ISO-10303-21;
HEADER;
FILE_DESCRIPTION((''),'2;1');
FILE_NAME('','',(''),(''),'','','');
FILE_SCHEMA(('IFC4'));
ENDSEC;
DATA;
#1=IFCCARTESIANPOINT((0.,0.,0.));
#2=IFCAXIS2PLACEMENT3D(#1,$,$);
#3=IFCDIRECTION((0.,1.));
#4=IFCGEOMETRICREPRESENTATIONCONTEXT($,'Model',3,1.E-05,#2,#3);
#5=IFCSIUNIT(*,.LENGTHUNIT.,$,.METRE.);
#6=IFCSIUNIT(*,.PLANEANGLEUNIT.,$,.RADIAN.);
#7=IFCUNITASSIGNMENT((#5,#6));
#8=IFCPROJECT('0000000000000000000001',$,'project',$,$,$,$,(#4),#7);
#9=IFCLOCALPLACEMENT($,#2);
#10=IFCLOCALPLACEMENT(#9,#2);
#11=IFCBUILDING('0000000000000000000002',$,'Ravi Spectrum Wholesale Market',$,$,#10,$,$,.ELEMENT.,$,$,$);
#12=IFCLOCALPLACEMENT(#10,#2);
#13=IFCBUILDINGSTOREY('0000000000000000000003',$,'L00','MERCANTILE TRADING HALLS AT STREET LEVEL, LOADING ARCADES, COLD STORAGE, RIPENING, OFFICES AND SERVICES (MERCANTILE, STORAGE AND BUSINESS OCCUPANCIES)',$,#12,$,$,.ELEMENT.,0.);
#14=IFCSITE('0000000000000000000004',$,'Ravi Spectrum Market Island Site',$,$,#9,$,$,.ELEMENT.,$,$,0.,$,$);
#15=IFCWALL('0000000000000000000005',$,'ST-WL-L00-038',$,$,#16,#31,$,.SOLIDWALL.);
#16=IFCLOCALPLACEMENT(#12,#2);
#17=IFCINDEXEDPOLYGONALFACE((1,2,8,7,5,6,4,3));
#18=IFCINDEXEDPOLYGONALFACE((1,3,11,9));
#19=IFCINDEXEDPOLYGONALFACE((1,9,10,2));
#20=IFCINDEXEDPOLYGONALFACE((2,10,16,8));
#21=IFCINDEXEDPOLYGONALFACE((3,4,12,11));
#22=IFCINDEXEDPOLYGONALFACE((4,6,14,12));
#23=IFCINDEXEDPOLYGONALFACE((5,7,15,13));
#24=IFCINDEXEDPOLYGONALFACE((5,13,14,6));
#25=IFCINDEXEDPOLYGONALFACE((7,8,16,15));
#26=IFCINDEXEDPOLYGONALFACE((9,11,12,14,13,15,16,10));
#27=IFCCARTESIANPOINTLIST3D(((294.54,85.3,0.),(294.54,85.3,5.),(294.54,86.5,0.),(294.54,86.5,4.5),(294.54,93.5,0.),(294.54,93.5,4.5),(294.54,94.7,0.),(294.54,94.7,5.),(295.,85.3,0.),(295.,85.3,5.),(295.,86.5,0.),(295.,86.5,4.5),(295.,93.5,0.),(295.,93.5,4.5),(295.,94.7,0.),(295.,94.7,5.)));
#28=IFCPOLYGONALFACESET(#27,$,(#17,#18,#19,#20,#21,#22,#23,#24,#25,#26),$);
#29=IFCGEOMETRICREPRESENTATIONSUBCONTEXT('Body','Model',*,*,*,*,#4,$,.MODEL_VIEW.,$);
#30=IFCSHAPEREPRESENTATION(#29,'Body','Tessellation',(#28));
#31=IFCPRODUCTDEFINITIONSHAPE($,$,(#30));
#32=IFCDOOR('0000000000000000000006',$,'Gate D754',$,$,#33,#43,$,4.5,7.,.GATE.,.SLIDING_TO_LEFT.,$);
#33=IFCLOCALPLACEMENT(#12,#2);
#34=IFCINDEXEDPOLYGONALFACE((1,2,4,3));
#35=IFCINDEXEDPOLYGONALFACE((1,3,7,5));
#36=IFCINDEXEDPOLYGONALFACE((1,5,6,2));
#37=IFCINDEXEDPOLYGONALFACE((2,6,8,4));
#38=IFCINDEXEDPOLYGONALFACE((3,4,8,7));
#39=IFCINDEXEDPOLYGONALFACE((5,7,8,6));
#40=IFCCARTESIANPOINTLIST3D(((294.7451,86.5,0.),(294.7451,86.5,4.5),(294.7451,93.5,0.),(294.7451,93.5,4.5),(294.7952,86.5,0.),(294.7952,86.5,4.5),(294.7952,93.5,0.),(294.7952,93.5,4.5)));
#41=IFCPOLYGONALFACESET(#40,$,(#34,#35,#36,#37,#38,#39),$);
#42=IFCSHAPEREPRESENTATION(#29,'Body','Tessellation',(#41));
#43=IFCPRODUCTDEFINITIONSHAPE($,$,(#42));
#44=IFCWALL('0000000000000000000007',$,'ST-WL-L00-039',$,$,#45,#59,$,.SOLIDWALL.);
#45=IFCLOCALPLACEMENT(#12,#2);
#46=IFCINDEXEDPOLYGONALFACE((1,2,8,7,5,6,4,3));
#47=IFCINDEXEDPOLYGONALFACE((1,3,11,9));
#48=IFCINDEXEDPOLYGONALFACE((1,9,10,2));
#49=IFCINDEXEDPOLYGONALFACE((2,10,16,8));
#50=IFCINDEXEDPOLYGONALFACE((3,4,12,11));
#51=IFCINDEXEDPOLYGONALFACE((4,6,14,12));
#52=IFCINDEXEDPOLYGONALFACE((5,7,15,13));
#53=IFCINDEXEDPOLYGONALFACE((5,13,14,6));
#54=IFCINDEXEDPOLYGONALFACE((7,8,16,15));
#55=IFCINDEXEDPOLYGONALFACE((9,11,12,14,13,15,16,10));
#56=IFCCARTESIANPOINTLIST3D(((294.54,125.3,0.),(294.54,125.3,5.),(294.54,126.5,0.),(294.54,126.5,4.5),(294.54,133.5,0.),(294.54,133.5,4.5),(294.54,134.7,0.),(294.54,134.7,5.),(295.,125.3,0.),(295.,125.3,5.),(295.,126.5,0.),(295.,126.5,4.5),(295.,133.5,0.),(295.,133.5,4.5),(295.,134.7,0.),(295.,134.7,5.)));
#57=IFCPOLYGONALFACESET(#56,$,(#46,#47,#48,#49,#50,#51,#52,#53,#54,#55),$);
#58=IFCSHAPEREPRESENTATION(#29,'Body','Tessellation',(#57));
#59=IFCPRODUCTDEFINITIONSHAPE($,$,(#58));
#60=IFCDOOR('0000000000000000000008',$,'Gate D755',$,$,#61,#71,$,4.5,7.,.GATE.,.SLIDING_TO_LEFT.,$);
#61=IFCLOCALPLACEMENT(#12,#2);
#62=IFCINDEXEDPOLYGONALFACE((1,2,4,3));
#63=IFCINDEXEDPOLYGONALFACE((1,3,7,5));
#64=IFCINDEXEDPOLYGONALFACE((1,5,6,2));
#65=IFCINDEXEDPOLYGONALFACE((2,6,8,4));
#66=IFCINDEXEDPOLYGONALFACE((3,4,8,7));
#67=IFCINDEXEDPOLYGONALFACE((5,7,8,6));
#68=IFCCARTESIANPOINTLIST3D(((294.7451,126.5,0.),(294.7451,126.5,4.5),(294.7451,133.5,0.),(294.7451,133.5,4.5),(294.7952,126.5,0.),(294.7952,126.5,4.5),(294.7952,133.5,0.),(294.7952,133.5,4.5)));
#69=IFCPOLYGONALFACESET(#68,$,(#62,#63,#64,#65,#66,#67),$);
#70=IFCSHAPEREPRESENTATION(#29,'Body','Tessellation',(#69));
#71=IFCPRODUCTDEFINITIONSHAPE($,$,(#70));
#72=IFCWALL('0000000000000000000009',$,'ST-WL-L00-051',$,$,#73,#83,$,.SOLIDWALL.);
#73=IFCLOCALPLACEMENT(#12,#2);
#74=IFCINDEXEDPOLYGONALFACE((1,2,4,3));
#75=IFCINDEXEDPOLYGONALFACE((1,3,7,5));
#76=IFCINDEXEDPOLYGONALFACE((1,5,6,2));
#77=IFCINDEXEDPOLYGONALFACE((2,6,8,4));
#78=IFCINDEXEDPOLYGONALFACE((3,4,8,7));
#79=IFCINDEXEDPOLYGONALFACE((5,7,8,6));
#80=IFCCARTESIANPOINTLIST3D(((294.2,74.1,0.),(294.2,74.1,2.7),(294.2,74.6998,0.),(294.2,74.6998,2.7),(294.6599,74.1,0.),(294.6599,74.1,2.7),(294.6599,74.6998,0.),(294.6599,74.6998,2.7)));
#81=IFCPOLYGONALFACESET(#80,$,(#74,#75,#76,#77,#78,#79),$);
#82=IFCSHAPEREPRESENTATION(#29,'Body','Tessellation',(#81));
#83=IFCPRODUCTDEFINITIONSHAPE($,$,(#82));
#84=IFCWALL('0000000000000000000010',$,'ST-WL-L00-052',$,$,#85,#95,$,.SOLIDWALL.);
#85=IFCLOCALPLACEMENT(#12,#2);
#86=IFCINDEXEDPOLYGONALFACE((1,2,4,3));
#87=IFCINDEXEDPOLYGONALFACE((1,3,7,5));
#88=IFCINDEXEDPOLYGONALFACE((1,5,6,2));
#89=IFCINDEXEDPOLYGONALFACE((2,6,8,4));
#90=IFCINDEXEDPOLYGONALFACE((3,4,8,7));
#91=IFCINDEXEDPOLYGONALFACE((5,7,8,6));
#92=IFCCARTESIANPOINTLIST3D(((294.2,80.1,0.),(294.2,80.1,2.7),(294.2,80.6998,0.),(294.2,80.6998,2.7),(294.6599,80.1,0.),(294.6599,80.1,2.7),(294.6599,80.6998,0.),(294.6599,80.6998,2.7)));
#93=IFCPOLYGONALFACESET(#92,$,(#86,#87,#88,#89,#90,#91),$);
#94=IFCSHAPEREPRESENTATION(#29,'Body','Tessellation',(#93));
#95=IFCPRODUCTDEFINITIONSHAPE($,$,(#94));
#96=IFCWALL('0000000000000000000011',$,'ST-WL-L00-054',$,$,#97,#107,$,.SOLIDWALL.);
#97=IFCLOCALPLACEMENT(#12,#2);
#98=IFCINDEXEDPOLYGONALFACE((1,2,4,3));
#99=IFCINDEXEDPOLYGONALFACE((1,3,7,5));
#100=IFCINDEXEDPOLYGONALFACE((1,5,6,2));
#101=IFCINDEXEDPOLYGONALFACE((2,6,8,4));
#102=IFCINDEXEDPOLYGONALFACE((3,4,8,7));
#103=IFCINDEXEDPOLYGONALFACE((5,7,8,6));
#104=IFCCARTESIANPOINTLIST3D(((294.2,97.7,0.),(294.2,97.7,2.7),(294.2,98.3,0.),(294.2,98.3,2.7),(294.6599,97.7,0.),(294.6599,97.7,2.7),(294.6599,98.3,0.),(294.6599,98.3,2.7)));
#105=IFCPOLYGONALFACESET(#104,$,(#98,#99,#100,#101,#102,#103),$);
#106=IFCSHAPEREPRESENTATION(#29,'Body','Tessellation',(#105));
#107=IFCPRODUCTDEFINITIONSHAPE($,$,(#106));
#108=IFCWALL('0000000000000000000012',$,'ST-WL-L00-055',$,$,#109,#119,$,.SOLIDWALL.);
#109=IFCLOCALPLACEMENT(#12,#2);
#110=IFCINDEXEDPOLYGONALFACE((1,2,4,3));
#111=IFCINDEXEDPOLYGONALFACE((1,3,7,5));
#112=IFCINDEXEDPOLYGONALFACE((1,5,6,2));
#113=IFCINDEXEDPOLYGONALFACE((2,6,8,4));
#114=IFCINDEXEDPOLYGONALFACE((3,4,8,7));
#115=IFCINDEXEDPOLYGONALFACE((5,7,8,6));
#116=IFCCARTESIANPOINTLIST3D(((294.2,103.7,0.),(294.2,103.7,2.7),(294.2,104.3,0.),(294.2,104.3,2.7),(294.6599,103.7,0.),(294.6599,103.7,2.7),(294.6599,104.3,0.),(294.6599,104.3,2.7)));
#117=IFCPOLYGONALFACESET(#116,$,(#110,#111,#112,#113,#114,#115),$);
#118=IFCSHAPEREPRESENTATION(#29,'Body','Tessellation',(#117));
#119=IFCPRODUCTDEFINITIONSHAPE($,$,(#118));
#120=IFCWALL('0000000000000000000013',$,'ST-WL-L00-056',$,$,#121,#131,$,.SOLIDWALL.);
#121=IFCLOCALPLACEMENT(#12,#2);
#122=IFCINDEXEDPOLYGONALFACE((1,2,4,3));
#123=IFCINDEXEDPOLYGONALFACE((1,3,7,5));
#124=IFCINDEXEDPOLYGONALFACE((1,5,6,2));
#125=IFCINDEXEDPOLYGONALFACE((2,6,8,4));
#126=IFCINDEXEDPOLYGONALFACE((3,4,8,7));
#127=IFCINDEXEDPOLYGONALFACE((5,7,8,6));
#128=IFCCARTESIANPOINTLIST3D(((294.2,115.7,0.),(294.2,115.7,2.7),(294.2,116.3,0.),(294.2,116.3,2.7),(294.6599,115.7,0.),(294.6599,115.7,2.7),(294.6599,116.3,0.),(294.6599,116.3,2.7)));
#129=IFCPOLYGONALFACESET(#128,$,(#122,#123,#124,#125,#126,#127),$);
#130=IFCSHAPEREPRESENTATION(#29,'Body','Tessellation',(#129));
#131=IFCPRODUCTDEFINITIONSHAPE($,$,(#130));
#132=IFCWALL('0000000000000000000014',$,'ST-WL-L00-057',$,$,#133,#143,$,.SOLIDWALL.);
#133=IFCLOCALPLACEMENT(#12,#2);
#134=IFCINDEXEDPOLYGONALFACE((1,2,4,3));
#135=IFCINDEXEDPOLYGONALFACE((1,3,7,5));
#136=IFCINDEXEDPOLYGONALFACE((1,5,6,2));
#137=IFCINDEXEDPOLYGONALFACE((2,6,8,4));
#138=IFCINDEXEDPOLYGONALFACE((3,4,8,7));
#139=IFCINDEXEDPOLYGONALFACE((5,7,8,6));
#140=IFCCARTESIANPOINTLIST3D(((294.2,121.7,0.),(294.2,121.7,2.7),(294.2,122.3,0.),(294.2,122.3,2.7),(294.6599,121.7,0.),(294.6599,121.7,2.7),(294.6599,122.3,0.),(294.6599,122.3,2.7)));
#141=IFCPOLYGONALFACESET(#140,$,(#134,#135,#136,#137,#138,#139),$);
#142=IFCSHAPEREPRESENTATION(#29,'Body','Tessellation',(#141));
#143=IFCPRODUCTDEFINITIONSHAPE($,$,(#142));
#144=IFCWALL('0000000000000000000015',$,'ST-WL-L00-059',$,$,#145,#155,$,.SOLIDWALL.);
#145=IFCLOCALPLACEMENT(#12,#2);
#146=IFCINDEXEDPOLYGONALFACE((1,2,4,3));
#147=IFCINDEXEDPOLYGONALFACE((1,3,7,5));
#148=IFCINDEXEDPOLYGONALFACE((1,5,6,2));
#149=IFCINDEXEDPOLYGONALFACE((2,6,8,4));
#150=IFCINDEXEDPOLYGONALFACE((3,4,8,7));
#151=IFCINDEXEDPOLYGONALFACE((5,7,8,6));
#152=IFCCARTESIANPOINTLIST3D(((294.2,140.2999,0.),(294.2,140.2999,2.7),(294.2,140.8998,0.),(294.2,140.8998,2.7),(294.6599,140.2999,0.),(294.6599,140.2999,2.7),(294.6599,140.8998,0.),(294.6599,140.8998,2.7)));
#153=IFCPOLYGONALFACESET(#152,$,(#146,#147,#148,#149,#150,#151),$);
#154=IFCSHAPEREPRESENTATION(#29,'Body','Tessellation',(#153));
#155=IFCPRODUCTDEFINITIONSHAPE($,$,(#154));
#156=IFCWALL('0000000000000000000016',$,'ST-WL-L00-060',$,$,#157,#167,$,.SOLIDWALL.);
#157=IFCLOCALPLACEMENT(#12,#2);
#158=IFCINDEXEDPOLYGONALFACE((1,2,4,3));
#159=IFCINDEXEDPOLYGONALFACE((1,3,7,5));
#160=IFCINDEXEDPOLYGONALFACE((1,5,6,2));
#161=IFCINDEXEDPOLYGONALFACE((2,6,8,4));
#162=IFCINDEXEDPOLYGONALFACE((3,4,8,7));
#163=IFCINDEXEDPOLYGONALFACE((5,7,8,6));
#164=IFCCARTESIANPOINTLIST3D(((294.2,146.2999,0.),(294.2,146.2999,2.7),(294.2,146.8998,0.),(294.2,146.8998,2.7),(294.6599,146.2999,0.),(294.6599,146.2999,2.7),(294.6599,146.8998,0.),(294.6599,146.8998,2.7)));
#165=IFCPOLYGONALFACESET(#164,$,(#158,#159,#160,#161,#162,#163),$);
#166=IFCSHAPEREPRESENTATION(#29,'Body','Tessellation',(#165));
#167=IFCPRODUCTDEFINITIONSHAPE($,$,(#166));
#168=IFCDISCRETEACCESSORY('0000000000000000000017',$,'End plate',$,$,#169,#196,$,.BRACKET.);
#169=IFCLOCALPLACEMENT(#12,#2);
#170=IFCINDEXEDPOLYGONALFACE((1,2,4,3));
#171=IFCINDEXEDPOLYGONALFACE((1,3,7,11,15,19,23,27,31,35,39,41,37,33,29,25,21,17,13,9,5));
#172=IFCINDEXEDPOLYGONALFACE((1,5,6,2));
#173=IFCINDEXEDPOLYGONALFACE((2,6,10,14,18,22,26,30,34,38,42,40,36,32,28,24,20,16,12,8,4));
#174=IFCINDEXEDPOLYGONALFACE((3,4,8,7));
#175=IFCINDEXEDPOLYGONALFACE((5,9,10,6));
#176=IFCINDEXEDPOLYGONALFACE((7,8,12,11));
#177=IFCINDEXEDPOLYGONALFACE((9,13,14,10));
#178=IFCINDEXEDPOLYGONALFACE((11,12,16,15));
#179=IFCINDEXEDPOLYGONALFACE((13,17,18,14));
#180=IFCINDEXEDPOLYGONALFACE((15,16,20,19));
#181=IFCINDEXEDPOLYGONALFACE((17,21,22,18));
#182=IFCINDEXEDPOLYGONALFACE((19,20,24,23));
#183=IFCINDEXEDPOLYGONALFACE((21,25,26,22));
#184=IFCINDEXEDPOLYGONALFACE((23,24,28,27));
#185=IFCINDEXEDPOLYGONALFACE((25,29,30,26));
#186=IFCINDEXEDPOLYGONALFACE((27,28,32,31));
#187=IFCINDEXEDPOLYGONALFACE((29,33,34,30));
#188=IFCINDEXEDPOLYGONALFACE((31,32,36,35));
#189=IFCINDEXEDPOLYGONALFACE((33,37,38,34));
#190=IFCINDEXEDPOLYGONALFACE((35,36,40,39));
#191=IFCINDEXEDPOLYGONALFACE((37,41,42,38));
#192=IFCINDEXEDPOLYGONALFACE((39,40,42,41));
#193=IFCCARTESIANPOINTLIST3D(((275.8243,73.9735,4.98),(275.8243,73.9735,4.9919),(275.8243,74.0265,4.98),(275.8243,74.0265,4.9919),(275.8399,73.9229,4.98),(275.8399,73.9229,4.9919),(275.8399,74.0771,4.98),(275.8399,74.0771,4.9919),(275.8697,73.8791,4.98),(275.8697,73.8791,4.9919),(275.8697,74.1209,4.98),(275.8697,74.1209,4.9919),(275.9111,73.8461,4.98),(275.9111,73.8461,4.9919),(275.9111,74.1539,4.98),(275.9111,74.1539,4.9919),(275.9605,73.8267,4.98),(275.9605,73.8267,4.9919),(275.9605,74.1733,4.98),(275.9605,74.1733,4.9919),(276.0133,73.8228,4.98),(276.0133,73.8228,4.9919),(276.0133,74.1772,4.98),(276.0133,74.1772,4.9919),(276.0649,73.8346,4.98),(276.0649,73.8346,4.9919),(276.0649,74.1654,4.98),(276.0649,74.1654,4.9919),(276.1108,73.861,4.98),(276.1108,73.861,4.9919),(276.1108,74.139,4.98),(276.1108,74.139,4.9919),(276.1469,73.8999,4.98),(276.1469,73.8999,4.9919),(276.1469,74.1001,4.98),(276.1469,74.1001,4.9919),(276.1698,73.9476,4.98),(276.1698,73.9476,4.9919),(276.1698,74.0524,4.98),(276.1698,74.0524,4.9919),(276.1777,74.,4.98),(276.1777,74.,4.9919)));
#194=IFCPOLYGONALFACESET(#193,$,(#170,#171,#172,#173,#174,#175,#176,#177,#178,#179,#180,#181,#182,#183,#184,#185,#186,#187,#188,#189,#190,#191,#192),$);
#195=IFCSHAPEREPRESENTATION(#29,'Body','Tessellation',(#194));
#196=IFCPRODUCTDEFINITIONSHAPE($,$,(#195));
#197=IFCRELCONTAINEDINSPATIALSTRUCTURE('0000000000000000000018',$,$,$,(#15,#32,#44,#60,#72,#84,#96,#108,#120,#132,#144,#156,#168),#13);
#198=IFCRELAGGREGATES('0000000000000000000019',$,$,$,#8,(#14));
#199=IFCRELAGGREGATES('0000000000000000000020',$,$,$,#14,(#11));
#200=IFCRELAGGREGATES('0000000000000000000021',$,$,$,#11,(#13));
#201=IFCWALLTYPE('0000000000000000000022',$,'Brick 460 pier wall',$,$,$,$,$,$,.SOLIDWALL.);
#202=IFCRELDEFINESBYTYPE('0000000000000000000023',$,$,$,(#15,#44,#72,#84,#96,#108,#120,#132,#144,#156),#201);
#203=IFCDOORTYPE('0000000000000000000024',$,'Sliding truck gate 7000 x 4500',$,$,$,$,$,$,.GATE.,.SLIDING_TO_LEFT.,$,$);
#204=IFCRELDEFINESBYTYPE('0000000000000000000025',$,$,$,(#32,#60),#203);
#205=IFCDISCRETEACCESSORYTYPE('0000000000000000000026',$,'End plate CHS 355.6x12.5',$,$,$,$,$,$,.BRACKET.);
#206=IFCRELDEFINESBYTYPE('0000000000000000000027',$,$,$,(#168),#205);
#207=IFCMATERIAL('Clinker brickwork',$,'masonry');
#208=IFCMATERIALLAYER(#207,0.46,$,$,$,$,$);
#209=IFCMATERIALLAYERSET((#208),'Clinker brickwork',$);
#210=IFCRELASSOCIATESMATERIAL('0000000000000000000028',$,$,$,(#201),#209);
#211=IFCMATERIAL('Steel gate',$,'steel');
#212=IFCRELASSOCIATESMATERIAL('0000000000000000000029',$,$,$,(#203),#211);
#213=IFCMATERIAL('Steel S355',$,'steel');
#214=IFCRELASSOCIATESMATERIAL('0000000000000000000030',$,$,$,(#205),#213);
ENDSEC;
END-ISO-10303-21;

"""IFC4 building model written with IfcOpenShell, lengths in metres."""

from ifc_helpers import new_model, si_unit, direction, frame, frame_2d, origin, origin_2d, place, context, subcontext, project, spatial, rectangle, circle, extrude, material, layer, layer_set, material_profile, profile_set, type_object, element, fill, save


model = new_model("IFC4")

# Units and contexts
model_context = context("Model", 3, precision=1e-05, world=origin(), true_north=direction((0.0, 1.0)))
body_context = subcontext(model_context, "Body", "Model", "MODEL_VIEW")
ifc_project = project(units=[si_unit("LENGTHUNIT", "METRE"), si_unit("PLANEANGLEUNIT", "RADIAN")], contexts=[model_context])

# Site, building, storey
site_placement = place(None, origin())
site = spatial("IfcSite", under=ifc_project, at=site_placement, Name="Ravi Spectrum Market Island Site", CompositionType="ELEMENT", RefElevation=0.0)
building_placement = place(site_placement, origin())
building = spatial("IfcBuilding", under=site, at=building_placement, Name="Ravi Spectrum Wholesale Market", CompositionType="ELEMENT")
storey_placement = place(building_placement, origin())
storey = spatial("IfcBuildingStorey", under=building, at=storey_placement, Name="L00", Description="MERCANTILE TRADING HALLS AT STREET LEVEL, LOADING ARCADES, COLD STORAGE, RIPENING, OFFICES AND SERVICES (MERCANTILE, STORAGE AND BUSINESS OCCUPANCIES)", CompositionType="ELEMENT", Elevation=0.0)

# Walls, openings, doors
ifc_material_1 = material(Name="Clinker brickwork", Category="masonry")
ifc_layer_1 = layer(ifc_material_1, 0.46)
ifc_layer_set_1 = layer_set([ifc_layer_1], Name="Clinker brickwork")
wall_type_1 = type_object("IfcWallType", Name="Brick 460 pier wall", PredefinedType="SOLIDWALL", material=ifc_layer_set_1)
wall_1_placement = place(storey_placement, frame((294.77, 85.3, 0.0), z_axis=(0.0, 0.0, 1.0), x_axis=(0.0, 1.0, 0.0)))
wall_1 = element("IfcWall", 1, at=wall_1_placement, inside=storey, type_object=wall_type_1, Name="ST-WL-L00-038", PredefinedType="SOLIDWALL", context=body_context, shape_type="SweptSolid", body=[
    extrude(rectangle(XDim=9.3999, YDim=0.46, at=frame_2d((4.7, 0.0))), origin(), (0.0, 0.0, 1.0), 5.0),
])
opening_1_placement = place(wall_1_placement, frame((1.2, 0.0, 0.0)))
opening_1 = element("IfcOpeningElement", 2, at=opening_1_placement, cuts=wall_1, PredefinedType="OPENING", context=body_context, shape_type="SweptSolid", body=[
    extrude(rectangle(XDim=7.0, YDim=4.5, at=frame_2d((3.5, 2.25))), frame((0.0, 0.24, 0.0), z_axis=(0.0, -1.0, 0.0), x_axis=(1.0, 0.0, 0.0)), (0.0, 0.0, 1.0), 0.48),
])
ifc_material_2 = material(Name="Steel gate", Category="steel")
door_type_1 = type_object("IfcDoorType", Name="Sliding truck gate 7000 x 4500", OperationType="SLIDING_TO_LEFT", PredefinedType="GATE", material=ifc_material_2)
door_1_placement = place(opening_1_placement, origin())
door_1 = element("IfcDoor", 3, at=door_1_placement, inside=storey, type_object=door_type_1, Name="Gate D754", OperationType="SLIDING_TO_LEFT", OverallHeight=4.5, OverallWidth=7.0, PredefinedType="GATE", context=body_context, shape_type="SweptSolid", body=[
    extrude(rectangle(XDim=7.0, YDim=4.5, at=frame_2d((3.5, 2.25))), frame((0.0, 0.0249, 0.0), z_axis=(0.0, -1.0, 0.0), x_axis=(1.0, 0.0, 0.0)), (0.0, 0.0, 1.0), 0.05),
])
fill(opening_1, door_1)
wall_2_placement = place(storey_placement, frame((294.77, 125.3, 0.0), z_axis=(0.0, 0.0, 1.0), x_axis=(0.0, 1.0, 0.0)))
wall_2 = element("IfcWall", 4, at=wall_2_placement, inside=storey, type_object=wall_type_1, Name="ST-WL-L00-039", PredefinedType="SOLIDWALL", context=body_context, shape_type="SweptSolid", body=[
    extrude(rectangle(XDim=9.3999, YDim=0.46, at=frame_2d((4.7, 0.0))), origin(), (0.0, 0.0, 1.0), 5.0),
])
opening_2_placement = place(wall_2_placement, frame((1.2, 0.0, 0.0)))
opening_2 = element("IfcOpeningElement", 5, at=opening_2_placement, cuts=wall_2, PredefinedType="OPENING", context=body_context, shape_type="SweptSolid", body=[
    extrude(rectangle(XDim=7.0, YDim=4.5, at=frame_2d((3.5, 2.25))), frame((0.0, 0.24, 0.0), z_axis=(0.0, -1.0, 0.0), x_axis=(1.0, 0.0, 0.0)), (0.0, 0.0, 1.0), 0.48),
])
door_2_placement = place(opening_2_placement, origin())
door_2 = element("IfcDoor", 6, at=door_2_placement, inside=storey, type_object=door_type_1, Name="Gate D755", OperationType="SLIDING_TO_LEFT", OverallHeight=4.5, OverallWidth=7.0, PredefinedType="GATE", context=body_context, shape_type="SweptSolid", body=[
    extrude(rectangle(XDim=7.0, YDim=4.5, at=frame_2d((3.5, 2.25))), frame((0.0, 0.0249, 0.0), z_axis=(0.0, -1.0, 0.0), x_axis=(1.0, 0.0, 0.0)), (0.0, 0.0, 1.0), 0.05),
])
fill(opening_2, door_2)

# Walls
for number, where, z_axis, x_axis, name in (
    (7, (294.4299, 74.1001, 0.0), (0.0, 0.0, 1.0), (0.0, 1.0, 0.0), "ST-WL-L00-051"),
    (8, (294.4299, 80.1001, 0.0), (0.0, 0.0, 1.0), (0.0, 1.0, 0.0), "ST-WL-L00-052"),
):
    element("IfcWall", number, at=place(storey_placement, frame(where, z_axis=z_axis, x_axis=x_axis)), inside=storey, type_object=wall_type_1, Name=name, PredefinedType="SOLIDWALL", context=body_context, shape_type="SweptSolid", body=[
        extrude(rectangle(XDim=0.5999, YDim=0.46, at=frame_2d((0.2998, 0.0))), origin(), (0.0, 0.0, 1.0), 2.7),
    ])
for number, where, z_axis, x_axis, name in (
    (9, (294.4299, 97.7, 0.0), (0.0, 0.0, 1.0), (0.0, 1.0, 0.0), "ST-WL-L00-054"),
    (10, (294.4299, 103.7, 0.0), (0.0, 0.0, 1.0), (0.0, 1.0, 0.0), "ST-WL-L00-055"),
    (11, (294.4299, 115.7, 0.0), (0.0, 0.0, 1.0), (0.0, 1.0, 0.0), "ST-WL-L00-056"),
    (12, (294.4299, 121.7, 0.0), (0.0, 0.0, 1.0), (0.0, 1.0, 0.0), "ST-WL-L00-057"),
):
    element("IfcWall", number, at=place(storey_placement, frame(where, z_axis=z_axis, x_axis=x_axis)), inside=storey, type_object=wall_type_1, Name=name, PredefinedType="SOLIDWALL", context=body_context, shape_type="SweptSolid", body=[
        extrude(rectangle(XDim=0.6001, YDim=0.46, at=frame_2d((0.3, 0.0))), origin(), (0.0, 0.0, 1.0), 2.7),
    ])
for number, where, z_axis, x_axis, name in (
    (13, (294.4299, 140.3, 0.0), (0.0, 0.0, 1.0), (0.0, 1.0, 0.0), "ST-WL-L00-059"),
    (14, (294.4299, 146.3, 0.0), (0.0, 0.0, 1.0), (0.0, 1.0, 0.0), "ST-WL-L00-060"),
):
    element("IfcWall", number, at=place(storey_placement, frame(where, z_axis=z_axis, x_axis=x_axis)), inside=storey, type_object=wall_type_1, Name=name, PredefinedType="SOLIDWALL", context=body_context, shape_type="SweptSolid", body=[
        extrude(rectangle(XDim=0.5999, YDim=0.46, at=frame_2d((0.2998, 0.0))), origin(), (0.0, 0.0, 1.0), 2.7),
    ])

# Discrete accessory
ifc_material_3 = material(Name="Steel S355", Category="steel")
ifc_material_profile_1 = material_profile(ifc_material_3, circle(Radius=0.1777, at=origin_2d()))
ifc_profile_set_1 = profile_set([ifc_material_profile_1], Name="Steel S355")
discrete_accessory_type = type_object("IfcDiscreteAccessoryType", Name="End plate CHS 355.6x12.5", PredefinedType="BRACKET", material=ifc_profile_set_1)
for number, where, z_axis, x_axis, name in (
    (15, (276.0, 74.0, 4.98), (0.0, 0.0, 1.0), (1.0, 0.0, 0.0), "End plate"),
):
    element("IfcDiscreteAccessory", number, at=place(storey_placement, frame(where, z_axis=z_axis, x_axis=x_axis)), inside=storey, type_object=discrete_accessory_type, Name=name, PredefinedType="BRACKET", context=body_context, shape_type="SweptSolid", body=[
        extrude(circle(Radius=0.1777, at=origin_2d()), origin(), (0.0, 0.0, 1.0), 0.012),
    ])

save(model, "model.ifc")
